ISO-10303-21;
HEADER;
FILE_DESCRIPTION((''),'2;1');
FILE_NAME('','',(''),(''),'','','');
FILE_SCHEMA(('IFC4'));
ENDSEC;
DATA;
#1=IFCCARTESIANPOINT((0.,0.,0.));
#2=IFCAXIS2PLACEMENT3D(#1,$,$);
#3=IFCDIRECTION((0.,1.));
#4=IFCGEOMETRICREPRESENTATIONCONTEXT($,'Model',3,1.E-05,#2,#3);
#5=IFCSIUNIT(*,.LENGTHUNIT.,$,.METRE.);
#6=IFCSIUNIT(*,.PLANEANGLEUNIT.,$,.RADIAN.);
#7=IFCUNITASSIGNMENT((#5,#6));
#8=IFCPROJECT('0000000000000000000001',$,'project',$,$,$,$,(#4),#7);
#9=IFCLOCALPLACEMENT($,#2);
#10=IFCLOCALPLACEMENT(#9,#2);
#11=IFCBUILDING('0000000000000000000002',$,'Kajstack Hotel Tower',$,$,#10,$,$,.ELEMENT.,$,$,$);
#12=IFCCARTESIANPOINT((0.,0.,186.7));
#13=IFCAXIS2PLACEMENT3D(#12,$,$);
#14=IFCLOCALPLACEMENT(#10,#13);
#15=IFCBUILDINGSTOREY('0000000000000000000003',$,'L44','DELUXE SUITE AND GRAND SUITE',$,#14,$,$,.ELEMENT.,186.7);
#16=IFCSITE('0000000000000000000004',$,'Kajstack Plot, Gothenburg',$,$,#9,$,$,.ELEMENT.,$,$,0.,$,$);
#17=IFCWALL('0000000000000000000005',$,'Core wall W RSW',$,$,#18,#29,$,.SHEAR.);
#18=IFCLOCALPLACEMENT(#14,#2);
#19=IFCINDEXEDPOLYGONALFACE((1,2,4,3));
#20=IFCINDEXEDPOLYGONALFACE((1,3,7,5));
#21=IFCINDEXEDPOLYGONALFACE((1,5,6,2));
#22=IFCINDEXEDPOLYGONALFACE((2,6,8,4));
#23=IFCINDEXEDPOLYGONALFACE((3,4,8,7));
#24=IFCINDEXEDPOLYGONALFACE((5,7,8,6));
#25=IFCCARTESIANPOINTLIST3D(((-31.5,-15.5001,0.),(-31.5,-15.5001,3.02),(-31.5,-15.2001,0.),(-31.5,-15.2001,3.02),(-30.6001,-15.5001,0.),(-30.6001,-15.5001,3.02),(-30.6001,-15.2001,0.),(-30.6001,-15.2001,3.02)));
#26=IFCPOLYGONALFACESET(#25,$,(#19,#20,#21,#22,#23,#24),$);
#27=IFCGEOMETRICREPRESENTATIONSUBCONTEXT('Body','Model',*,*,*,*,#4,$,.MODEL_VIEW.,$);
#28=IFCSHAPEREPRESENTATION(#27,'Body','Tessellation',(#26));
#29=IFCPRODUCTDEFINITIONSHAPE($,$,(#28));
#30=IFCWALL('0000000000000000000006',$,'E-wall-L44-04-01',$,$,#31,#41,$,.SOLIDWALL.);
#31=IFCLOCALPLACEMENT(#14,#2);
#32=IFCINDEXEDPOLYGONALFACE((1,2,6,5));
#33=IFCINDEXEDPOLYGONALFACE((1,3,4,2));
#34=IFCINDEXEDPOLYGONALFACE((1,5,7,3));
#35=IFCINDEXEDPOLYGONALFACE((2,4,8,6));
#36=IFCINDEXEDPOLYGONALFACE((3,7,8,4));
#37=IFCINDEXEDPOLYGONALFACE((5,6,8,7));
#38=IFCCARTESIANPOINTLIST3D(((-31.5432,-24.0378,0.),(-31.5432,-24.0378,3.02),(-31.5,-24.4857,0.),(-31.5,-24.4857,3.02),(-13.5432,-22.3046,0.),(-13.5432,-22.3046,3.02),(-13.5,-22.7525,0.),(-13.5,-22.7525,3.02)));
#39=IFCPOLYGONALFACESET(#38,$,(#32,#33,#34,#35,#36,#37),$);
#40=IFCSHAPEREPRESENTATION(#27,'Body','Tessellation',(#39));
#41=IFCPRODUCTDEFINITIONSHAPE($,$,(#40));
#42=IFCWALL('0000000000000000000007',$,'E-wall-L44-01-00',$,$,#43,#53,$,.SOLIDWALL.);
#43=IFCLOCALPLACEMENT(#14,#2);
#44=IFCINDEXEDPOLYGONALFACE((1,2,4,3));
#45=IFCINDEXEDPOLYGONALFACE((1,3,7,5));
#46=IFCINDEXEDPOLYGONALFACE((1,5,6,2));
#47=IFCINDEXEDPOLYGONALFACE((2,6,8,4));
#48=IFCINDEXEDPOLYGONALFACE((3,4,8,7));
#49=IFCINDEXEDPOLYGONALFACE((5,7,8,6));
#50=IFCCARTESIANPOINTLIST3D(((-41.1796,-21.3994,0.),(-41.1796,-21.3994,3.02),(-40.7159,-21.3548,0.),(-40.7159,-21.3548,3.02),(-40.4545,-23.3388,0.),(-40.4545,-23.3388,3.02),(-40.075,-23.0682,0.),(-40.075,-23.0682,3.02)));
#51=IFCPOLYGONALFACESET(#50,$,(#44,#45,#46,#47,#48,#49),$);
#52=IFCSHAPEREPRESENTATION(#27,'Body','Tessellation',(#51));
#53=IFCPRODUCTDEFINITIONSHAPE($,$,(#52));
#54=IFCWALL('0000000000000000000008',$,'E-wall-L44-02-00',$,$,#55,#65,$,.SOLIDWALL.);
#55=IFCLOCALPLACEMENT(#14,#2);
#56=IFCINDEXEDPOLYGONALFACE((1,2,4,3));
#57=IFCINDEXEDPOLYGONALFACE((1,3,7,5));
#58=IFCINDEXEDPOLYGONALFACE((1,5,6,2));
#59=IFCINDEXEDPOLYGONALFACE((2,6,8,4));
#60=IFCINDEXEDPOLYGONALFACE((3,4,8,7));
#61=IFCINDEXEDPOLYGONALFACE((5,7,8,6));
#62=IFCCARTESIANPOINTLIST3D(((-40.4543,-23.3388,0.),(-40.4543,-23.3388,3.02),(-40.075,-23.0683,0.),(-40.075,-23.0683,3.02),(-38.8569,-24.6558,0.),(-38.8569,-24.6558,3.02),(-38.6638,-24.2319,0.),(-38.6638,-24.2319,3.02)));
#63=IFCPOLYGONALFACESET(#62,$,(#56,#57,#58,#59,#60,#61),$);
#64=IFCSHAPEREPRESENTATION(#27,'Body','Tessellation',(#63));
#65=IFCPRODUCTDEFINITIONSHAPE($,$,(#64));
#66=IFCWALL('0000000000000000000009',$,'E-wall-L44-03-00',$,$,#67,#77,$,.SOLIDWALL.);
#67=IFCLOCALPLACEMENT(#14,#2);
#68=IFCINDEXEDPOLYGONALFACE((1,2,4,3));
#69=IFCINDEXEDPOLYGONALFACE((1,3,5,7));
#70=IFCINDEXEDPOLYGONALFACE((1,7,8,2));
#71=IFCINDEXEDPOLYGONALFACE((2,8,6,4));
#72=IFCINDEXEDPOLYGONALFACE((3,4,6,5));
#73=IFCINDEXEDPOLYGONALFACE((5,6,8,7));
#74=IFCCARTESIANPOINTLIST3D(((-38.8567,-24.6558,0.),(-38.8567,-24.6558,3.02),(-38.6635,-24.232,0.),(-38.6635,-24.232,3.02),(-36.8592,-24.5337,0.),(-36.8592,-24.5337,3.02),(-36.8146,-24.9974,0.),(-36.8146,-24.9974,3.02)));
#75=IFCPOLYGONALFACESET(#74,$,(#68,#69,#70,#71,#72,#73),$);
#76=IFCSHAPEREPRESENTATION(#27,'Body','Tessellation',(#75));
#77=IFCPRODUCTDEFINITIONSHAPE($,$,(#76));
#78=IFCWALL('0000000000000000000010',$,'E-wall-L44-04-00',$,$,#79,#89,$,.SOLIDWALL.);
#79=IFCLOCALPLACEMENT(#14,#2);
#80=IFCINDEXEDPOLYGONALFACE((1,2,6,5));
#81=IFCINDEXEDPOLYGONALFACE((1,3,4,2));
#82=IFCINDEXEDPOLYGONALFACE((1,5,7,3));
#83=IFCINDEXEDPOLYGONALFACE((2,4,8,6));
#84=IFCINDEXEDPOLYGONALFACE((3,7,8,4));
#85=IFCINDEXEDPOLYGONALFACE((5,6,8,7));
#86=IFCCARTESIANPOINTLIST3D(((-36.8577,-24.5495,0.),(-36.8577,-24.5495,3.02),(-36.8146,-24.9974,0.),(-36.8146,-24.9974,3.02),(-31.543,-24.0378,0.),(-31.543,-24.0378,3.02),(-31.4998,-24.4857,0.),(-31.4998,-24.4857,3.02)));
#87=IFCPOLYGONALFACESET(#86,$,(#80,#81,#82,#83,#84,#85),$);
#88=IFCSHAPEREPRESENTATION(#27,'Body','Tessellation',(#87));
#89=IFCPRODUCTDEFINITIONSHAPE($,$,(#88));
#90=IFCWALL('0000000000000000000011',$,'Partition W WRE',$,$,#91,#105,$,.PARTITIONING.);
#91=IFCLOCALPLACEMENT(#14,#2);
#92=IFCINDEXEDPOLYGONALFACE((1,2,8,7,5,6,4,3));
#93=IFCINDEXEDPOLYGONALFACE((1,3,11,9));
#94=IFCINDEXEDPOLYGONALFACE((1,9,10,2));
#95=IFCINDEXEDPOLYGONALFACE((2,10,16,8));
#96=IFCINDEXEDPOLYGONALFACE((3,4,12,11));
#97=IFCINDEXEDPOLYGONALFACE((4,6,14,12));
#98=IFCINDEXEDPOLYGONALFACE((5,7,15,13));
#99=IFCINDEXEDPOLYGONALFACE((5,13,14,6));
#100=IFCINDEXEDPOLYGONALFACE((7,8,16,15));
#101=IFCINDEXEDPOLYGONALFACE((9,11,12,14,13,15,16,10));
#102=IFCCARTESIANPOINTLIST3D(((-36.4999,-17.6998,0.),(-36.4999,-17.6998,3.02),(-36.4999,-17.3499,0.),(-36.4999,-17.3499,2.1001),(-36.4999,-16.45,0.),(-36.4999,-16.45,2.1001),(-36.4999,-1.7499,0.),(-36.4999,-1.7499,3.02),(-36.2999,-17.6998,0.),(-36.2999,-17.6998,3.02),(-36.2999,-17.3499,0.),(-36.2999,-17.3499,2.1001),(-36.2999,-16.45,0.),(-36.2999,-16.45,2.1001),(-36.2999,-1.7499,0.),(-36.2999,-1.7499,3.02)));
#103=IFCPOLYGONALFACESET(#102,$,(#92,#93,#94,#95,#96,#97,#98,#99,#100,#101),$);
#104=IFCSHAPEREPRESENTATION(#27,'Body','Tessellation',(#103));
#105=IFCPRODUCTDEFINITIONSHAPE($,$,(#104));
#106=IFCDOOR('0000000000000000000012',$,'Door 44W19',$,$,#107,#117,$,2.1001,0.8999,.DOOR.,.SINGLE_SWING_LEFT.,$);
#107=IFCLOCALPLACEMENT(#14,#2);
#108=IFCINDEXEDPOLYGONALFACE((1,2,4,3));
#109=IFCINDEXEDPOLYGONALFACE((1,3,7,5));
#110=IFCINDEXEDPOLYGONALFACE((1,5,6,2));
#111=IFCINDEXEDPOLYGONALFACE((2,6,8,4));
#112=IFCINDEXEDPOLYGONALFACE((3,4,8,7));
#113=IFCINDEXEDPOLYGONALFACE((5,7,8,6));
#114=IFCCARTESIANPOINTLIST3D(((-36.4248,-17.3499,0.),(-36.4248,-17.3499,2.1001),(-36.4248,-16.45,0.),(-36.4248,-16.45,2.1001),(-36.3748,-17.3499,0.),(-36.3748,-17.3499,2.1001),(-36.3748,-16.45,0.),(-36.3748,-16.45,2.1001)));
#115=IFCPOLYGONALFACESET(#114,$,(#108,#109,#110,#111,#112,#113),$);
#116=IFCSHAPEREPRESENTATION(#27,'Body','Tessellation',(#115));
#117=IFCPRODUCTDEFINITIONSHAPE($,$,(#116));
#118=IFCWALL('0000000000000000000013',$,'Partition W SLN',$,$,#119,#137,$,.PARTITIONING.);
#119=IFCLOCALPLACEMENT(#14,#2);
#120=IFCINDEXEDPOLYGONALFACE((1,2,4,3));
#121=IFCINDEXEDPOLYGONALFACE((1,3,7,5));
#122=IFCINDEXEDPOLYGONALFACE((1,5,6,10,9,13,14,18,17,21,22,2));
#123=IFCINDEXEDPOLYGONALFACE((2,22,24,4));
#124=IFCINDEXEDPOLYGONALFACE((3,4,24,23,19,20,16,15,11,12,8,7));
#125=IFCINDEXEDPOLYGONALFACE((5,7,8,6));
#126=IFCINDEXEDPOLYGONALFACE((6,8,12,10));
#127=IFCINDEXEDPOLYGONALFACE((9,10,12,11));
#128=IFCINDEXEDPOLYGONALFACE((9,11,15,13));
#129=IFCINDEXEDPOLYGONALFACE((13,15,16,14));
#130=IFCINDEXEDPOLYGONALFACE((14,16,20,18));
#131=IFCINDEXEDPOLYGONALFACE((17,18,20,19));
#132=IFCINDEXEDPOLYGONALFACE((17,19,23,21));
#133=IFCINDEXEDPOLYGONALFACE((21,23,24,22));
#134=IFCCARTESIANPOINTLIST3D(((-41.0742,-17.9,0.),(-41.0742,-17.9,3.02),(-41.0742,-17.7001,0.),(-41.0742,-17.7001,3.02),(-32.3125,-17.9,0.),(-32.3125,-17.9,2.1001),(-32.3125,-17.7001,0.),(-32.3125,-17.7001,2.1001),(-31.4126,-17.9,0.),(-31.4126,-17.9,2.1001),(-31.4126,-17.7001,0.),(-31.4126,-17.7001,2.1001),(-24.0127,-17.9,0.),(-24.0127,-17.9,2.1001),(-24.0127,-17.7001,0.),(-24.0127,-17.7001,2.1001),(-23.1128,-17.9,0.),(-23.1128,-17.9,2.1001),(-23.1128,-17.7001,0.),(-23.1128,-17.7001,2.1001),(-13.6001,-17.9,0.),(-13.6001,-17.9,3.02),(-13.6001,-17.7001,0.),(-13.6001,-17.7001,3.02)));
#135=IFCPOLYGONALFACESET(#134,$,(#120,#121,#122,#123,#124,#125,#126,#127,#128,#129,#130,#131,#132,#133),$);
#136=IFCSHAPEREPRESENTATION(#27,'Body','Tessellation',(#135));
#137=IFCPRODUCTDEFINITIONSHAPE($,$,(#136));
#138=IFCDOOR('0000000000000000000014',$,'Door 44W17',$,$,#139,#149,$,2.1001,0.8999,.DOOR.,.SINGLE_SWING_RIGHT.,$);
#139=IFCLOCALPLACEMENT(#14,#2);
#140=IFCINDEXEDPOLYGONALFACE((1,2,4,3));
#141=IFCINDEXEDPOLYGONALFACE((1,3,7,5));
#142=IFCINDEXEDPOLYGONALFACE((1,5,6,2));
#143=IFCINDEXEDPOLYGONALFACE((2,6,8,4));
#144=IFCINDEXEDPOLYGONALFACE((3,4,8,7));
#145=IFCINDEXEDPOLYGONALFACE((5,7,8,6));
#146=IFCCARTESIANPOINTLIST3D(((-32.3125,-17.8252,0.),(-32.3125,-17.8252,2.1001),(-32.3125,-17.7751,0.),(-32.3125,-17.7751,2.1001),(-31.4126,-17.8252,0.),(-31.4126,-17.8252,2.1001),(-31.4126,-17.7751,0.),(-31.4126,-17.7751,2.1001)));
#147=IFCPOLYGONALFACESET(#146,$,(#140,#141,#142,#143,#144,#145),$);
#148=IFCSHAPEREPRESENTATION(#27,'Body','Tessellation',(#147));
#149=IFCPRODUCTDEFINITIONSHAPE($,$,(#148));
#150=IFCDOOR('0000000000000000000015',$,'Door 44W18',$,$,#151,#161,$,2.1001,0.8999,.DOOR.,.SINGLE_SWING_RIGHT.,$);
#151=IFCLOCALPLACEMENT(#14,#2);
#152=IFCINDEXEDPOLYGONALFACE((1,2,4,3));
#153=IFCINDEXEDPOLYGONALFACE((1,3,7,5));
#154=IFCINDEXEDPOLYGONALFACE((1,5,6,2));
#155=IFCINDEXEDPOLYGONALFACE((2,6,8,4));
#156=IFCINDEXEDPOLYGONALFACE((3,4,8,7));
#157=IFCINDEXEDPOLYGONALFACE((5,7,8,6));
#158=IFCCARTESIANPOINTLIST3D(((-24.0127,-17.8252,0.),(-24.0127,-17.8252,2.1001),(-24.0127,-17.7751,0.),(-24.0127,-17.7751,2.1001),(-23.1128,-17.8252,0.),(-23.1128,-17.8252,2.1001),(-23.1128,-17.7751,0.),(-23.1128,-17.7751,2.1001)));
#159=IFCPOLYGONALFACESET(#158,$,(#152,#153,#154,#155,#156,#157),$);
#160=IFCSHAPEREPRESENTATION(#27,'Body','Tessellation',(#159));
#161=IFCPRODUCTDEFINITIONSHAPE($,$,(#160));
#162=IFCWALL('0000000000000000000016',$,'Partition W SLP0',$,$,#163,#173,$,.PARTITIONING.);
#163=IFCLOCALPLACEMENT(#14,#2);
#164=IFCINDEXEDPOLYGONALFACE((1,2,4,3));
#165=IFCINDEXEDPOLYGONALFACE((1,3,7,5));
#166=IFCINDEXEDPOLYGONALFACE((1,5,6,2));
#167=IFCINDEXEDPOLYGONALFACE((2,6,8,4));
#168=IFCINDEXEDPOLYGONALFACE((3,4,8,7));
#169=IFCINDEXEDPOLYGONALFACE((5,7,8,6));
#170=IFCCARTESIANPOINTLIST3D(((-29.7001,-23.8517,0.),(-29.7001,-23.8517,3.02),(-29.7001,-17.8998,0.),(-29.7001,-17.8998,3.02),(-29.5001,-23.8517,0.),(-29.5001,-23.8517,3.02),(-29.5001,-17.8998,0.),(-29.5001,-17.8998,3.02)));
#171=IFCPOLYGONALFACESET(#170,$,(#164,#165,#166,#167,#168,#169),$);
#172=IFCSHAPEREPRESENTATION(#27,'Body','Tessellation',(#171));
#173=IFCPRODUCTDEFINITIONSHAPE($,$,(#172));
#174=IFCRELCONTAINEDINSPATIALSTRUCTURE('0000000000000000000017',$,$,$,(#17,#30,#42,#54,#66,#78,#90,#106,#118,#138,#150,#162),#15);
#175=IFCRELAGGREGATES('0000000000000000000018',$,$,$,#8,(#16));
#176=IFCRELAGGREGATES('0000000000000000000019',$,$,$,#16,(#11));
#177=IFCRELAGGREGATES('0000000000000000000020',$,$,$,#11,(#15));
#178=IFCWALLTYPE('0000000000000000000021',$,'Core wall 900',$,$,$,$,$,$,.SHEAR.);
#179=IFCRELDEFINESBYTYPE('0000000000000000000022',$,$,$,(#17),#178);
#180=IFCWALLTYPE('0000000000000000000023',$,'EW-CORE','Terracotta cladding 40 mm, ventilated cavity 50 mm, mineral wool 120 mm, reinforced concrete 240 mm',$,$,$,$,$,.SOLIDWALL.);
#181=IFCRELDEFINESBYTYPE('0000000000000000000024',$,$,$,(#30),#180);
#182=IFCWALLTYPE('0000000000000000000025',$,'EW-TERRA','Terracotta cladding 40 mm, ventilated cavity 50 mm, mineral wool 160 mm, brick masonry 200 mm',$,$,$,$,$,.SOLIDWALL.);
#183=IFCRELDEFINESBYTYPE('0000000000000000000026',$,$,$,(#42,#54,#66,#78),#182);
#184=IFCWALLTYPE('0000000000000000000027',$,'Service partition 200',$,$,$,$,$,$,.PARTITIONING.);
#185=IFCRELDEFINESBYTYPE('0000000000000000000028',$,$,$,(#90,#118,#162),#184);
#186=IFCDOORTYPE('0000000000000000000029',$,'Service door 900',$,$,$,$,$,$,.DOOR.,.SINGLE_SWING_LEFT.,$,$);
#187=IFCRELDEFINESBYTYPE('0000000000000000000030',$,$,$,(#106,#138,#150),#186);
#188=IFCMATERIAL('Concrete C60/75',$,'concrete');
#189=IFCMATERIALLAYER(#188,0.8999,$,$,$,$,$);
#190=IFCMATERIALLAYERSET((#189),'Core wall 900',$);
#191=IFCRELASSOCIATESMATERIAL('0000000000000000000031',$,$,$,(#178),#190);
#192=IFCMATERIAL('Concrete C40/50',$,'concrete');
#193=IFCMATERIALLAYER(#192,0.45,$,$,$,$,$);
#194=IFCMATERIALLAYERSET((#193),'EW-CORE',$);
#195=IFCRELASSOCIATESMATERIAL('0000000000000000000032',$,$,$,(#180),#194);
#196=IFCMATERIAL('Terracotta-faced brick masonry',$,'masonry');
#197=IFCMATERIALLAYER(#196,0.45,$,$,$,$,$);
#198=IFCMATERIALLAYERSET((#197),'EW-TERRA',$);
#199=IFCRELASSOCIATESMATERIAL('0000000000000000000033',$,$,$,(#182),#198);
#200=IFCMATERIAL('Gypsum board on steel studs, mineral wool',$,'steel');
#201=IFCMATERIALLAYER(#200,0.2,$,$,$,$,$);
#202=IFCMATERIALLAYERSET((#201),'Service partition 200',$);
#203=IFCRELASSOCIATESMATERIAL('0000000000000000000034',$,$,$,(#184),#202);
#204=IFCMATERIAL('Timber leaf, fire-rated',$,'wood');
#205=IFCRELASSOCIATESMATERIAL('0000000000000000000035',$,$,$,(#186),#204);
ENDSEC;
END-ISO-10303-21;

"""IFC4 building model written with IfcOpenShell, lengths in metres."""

from ifc_helpers import new_model, si_unit, direction, frame, frame_2d, origin, place, context, subcontext, project, spatial, polyline, rectangle, outline, extrude, material, layer, layer_set, type_object, element, fill, save


model = new_model("IFC4")

# Units and contexts
model_context = context("Model", 3, precision=1e-05, world=origin(), true_north=direction((0.0, 1.0)))
body_context = subcontext(model_context, "Body", "Model", "MODEL_VIEW")
ifc_project = project(units=[si_unit("LENGTHUNIT", "METRE"), si_unit("PLANEANGLEUNIT", "RADIAN")], contexts=[model_context])

# Site, building, storey
site_placement = place(None, origin())
site = spatial("IfcSite", under=ifc_project, at=site_placement, Name="Kajstack Plot, Gothenburg", CompositionType="ELEMENT", RefElevation=0.0)
building_placement = place(site_placement, origin())
building = spatial("IfcBuilding", under=site, at=building_placement, Name="Kajstack Hotel Tower", CompositionType="ELEMENT")
storey_placement = place(building_placement, frame((0.0, 0.0, 186.7)))
storey = spatial("IfcBuildingStorey", under=building, at=storey_placement, Name="L44", Description="DELUXE SUITE AND GRAND SUITE", CompositionType="ELEMENT", Elevation=186.7)

# Walls
ifc_material_1 = material(Name="Concrete C60/75", Category="concrete")
ifc_layer_1 = layer(ifc_material_1, 0.8999)
ifc_layer_set_1 = layer_set([ifc_layer_1], Name="Core wall 900")
wall_type_1 = type_object("IfcWallType", Name="Core wall 900", PredefinedType="SHEAR", material=ifc_layer_set_1)
wall_1_placement = place(storey_placement, frame((-31.5, -15.3501, 0.0), z_axis=(0.0, 0.0, 1.0), x_axis=(1.0, 0.0, 0.0)))
element("IfcWall", 1, at=wall_1_placement, inside=storey, type_object=wall_type_1, Name="Core wall W RSW", PredefinedType="SHEAR", context=body_context, shape_type="SweptSolid", body=[
    extrude(rectangle(XDim=0.8999, YDim=0.3, at=frame_2d((0.45, 0.0))), origin(), (0.0, 0.0, 1.0), 3.02),
])
ifc_material_2 = material(Name="Concrete C40/50", Category="concrete")
ifc_layer_2 = layer(ifc_material_2, 0.45)
ifc_layer_set_2 = layer_set([ifc_layer_2], Name="EW-CORE")
wall_type_2 = type_object("IfcWallType", Name="EW-CORE", Description="Terracotta cladding 40 mm, ventilated cavity 50 mm, mineral wool 120 mm, reinforced concrete 240 mm", PredefinedType="SOLIDWALL", material=ifc_layer_set_2)
wall_2_placement = place(storey_placement, frame((-31.5215, -24.2617, 0.0), z_axis=(0.0, 0.0, 1.0), x_axis=(0.995396, 0.095843, 0.0)))
element("IfcWall", 2, at=wall_2_placement, inside=storey, type_object=wall_type_2, Name="E-wall-L44-04-01", PredefinedType="SOLIDWALL", context=body_context, shape_type="SweptSolid", body=[
    extrude(rectangle(XDim=18.0833, YDim=0.45, at=frame_2d((9.0415, 0.0))), origin(), (0.0, 0.0, 1.0), 3.02),
])
ifc_material_3 = material(Name="Terracotta-faced brick masonry", Category="masonry")
ifc_layer_3 = layer(ifc_material_3, 0.45)
ifc_layer_set_3 = layer_set([ifc_layer_3], Name="EW-TERRA")
wall_type_3 = type_object("IfcWallType", Name="EW-TERRA", Description="Terracotta cladding 40 mm, ventilated cavity 50 mm, mineral wool 160 mm, brick masonry 200 mm", PredefinedType="SOLIDWALL", material=ifc_layer_set_3)
wall_3_placement = place(storey_placement, frame((-40.9688, -21.3206, 0.0), z_axis=(0.0, 0.0, 1.0), x_axis=(0.350193, -0.936678, 0.0)))
element("IfcWall", 3, at=wall_3_placement, inside=storey, type_object=wall_type_3, Name="E-wall-L44-01-00", PredefinedType="SOLIDWALL", context=body_context, shape_type="SweptSolid", body=[
    extrude(outline(polyline([(0.0, -0.2251), (2.0706, -0.2251), (1.95, 0.2251), (0.1206, 0.2249), (0.0, -0.2251)])), origin(), (0.0, 0.0, 1.0), 3.02),
])
wall_4_placement = place(storey_placement, frame((-40.3113, -23.1653, 0.0), z_axis=(0.0, 0.0, 1.0), x_axis=(0.771651, -0.636046, 0.0)))
element("IfcWall", 4, at=wall_4_placement, inside=storey, type_object=wall_type_3, Name="E-wall-L44-02-00", PredefinedType="SOLIDWALL", context=body_context, shape_type="SweptSolid", body=[
    extrude(outline(polyline([(0.0, -0.2249), (2.0703, -0.2251), (1.9497, 0.2249), (0.1206, 0.2251), (0.0, -0.2249)])), origin(), (0.0, 0.0, 1.0), 3.02),
])
wall_5_placement = place(storey_placement, frame((-38.8196, -24.4338, 0.0), z_axis=(0.0, 0.0, 1.0), x_axis=(0.986279, -0.165087, 0.0)))
element("IfcWall", 5, at=wall_5_placement, inside=storey, type_object=wall_type_3, Name="E-wall-L44-03-00", PredefinedType="SOLIDWALL", context=body_context, shape_type="SweptSolid", body=[
    extrude(outline(polyline([(0.0, -0.2251), (2.0706, -0.2249), (1.95, 0.2251), (0.1206, 0.2249), (0.0, -0.2251)])), origin(), (0.0, 0.0, 1.0), 3.02),
])
wall_6_placement = place(storey_placement, frame((-36.8362, -24.7734, 0.0), z_axis=(0.0, 0.0, 1.0), x_axis=(0.995397, 0.09584, 0.0)))
element("IfcWall", 6, at=wall_6_placement, inside=storey, type_object=wall_type_3, Name="E-wall-L44-04-00", PredefinedType="SOLIDWALL", context=body_context, shape_type="SweptSolid", body=[
    extrude(rectangle(XDim=5.3394, YDim=0.45, at=frame_2d((2.6697, 0.0))), origin(), (0.0, 0.0, 1.0), 3.02),
])

# Wall, opening, door
ifc_material_4 = material(Name="Gypsum board on steel studs, mineral wool", Category="steel")
ifc_layer_4 = layer(ifc_material_4, 0.2)
ifc_layer_set_4 = layer_set([ifc_layer_4], Name="Service partition 200")
wall_type_4 = type_object("IfcWallType", Name="Service partition 200", PredefinedType="PARTITIONING", material=ifc_layer_set_4)
wall_7_placement = place(storey_placement, frame((-36.3999, -17.7, 0.0), z_axis=(0.0, 0.0, 1.0), x_axis=(0.0, 1.0, 0.0)))
wall_7 = element("IfcWall", 7, at=wall_7_placement, inside=storey, type_object=wall_type_4, Name="Partition W WRE", PredefinedType="PARTITIONING", context=body_context, shape_type="SweptSolid", body=[
    extrude(rectangle(XDim=15.95, YDim=0.2, at=frame_2d((7.9751, 0.0))), origin(), (0.0, 0.0, 1.0), 3.02),
])
opening_1_placement = place(wall_7_placement, frame((0.3501, 0.0, 0.0)))
opening_1 = element("IfcOpeningElement", 8, at=opening_1_placement, cuts=wall_7, PredefinedType="OPENING", context=body_context, shape_type="SweptSolid", body=[
    extrude(rectangle(XDim=0.8999, YDim=2.1001, at=frame_2d((0.45, 1.05))), frame((0.0, 0.1099, 0.0), z_axis=(0.0, -1.0, 0.0), x_axis=(1.0, 0.0, 0.0)), (0.0, 0.0, 1.0), 0.22),
])
ifc_material_5 = material(Name="Timber leaf, fire-rated", Category="wood")
door_type = type_object("IfcDoorType", Name="Service door 900", OperationType="SINGLE_SWING_LEFT", PredefinedType="DOOR", material=ifc_material_5)
door_1_placement = place(opening_1_placement, origin())
door_1 = element("IfcDoor", 9, at=door_1_placement, inside=storey, type_object=door_type, Name="Door 44W19", OperationType="SINGLE_SWING_LEFT", OverallHeight=2.1001, OverallWidth=0.8999, PredefinedType="DOOR", context=body_context, shape_type="SweptSolid", body=[
    extrude(rectangle(XDim=0.8999, YDim=2.1001, at=frame_2d((0.45, 1.05))), frame((0.0, 0.0249, 0.0), z_axis=(0.0, -1.0, 0.0), x_axis=(1.0, 0.0, 0.0)), (0.0, 0.0, 1.0), 0.05),
])
fill(opening_1, door_1)

# Wall, openings, doors
wall_8_placement = place(storey_placement, frame((-41.0742, -17.8, 0.0), z_axis=(0.0, 0.0, 1.0), x_axis=(1.0, 0.0, 0.0)))
wall_8 = element("IfcWall", 10, at=wall_8_placement, inside=storey, type_object=wall_type_4, Name="Partition W SLN", PredefinedType="PARTITIONING", context=body_context, shape_type="SweptSolid", body=[
    extrude(rectangle(XDim=27.4741, YDim=0.2, at=frame_2d((13.7371, 0.0))), origin(), (0.0, 0.0, 1.0), 3.02),
])
opening_2_placement = place(wall_8_placement, frame((8.7617, 0.0, 0.0)))
opening_2 = element("IfcOpeningElement", 11, at=opening_2_placement, cuts=wall_8, PredefinedType="OPENING", context=body_context, shape_type="SweptSolid", body=[
    extrude(rectangle(XDim=0.8999, YDim=2.1001, at=frame_2d((0.45, 1.05))), frame((0.0, 0.1099, 0.0), z_axis=(0.0, -1.0, 0.0), x_axis=(1.0, 0.0, 0.0)), (0.0, 0.0, 1.0), 0.22),
])
opening_3_placement = place(wall_8_placement, frame((17.0615, 0.0, 0.0)))
opening_3 = element("IfcOpeningElement", 12, at=opening_3_placement, cuts=wall_8, PredefinedType="OPENING", context=body_context, shape_type="SweptSolid", body=[
    extrude(rectangle(XDim=0.8999, YDim=2.1001, at=frame_2d((0.45, 1.05))), frame((0.0, 0.1099, 0.0), z_axis=(0.0, -1.0, 0.0), x_axis=(1.0, 0.0, 0.0)), (0.0, 0.0, 1.0), 0.22),
])
door_2_placement = place(opening_2_placement, origin())
door_2 = element("IfcDoor", 13, at=door_2_placement, inside=storey, type_object=door_type, Name="Door 44W17", OperationType="SINGLE_SWING_RIGHT", OverallHeight=2.1001, OverallWidth=0.8999, PredefinedType="DOOR", context=body_context, shape_type="SweptSolid", body=[
    extrude(rectangle(XDim=0.8999, YDim=2.1001, at=frame_2d((0.45, 1.05))), frame((0.0, 0.0249, 0.0), z_axis=(0.0, -1.0, 0.0), x_axis=(1.0, 0.0, 0.0)), (0.0, 0.0, 1.0), 0.05),
])
fill(opening_2, door_2)
door_3_placement = place(opening_3_placement, origin())
door_3 = element("IfcDoor", 14, at=door_3_placement, inside=storey, type_object=door_type, Name="Door 44W18", OperationType="SINGLE_SWING_RIGHT", OverallHeight=2.1001, OverallWidth=0.8999, PredefinedType="DOOR", context=body_context, shape_type="SweptSolid", body=[
    extrude(rectangle(XDim=0.8999, YDim=2.1001, at=frame_2d((0.45, 1.05))), frame((0.0, 0.0249, 0.0), z_axis=(0.0, -1.0, 0.0), x_axis=(1.0, 0.0, 0.0)), (0.0, 0.0, 1.0), 0.05),
])
fill(opening_3, door_3)

# Wall
wall_9_placement = place(storey_placement, frame((-29.6001, -23.8518, 0.0), z_axis=(0.0, 0.0, 1.0), x_axis=(0.0, 1.0, 0.0)))
element("IfcWall", 15, at=wall_9_placement, inside=storey, type_object=wall_type_4, Name="Partition W SLP0", PredefinedType="PARTITIONING", context=body_context, shape_type="SweptSolid", body=[
    extrude(rectangle(XDim=5.9519, YDim=0.2, at=frame_2d((2.9761, 0.0))), origin(), (0.0, 0.0, 1.0), 3.02),
])

save(model, "model.ifc")
